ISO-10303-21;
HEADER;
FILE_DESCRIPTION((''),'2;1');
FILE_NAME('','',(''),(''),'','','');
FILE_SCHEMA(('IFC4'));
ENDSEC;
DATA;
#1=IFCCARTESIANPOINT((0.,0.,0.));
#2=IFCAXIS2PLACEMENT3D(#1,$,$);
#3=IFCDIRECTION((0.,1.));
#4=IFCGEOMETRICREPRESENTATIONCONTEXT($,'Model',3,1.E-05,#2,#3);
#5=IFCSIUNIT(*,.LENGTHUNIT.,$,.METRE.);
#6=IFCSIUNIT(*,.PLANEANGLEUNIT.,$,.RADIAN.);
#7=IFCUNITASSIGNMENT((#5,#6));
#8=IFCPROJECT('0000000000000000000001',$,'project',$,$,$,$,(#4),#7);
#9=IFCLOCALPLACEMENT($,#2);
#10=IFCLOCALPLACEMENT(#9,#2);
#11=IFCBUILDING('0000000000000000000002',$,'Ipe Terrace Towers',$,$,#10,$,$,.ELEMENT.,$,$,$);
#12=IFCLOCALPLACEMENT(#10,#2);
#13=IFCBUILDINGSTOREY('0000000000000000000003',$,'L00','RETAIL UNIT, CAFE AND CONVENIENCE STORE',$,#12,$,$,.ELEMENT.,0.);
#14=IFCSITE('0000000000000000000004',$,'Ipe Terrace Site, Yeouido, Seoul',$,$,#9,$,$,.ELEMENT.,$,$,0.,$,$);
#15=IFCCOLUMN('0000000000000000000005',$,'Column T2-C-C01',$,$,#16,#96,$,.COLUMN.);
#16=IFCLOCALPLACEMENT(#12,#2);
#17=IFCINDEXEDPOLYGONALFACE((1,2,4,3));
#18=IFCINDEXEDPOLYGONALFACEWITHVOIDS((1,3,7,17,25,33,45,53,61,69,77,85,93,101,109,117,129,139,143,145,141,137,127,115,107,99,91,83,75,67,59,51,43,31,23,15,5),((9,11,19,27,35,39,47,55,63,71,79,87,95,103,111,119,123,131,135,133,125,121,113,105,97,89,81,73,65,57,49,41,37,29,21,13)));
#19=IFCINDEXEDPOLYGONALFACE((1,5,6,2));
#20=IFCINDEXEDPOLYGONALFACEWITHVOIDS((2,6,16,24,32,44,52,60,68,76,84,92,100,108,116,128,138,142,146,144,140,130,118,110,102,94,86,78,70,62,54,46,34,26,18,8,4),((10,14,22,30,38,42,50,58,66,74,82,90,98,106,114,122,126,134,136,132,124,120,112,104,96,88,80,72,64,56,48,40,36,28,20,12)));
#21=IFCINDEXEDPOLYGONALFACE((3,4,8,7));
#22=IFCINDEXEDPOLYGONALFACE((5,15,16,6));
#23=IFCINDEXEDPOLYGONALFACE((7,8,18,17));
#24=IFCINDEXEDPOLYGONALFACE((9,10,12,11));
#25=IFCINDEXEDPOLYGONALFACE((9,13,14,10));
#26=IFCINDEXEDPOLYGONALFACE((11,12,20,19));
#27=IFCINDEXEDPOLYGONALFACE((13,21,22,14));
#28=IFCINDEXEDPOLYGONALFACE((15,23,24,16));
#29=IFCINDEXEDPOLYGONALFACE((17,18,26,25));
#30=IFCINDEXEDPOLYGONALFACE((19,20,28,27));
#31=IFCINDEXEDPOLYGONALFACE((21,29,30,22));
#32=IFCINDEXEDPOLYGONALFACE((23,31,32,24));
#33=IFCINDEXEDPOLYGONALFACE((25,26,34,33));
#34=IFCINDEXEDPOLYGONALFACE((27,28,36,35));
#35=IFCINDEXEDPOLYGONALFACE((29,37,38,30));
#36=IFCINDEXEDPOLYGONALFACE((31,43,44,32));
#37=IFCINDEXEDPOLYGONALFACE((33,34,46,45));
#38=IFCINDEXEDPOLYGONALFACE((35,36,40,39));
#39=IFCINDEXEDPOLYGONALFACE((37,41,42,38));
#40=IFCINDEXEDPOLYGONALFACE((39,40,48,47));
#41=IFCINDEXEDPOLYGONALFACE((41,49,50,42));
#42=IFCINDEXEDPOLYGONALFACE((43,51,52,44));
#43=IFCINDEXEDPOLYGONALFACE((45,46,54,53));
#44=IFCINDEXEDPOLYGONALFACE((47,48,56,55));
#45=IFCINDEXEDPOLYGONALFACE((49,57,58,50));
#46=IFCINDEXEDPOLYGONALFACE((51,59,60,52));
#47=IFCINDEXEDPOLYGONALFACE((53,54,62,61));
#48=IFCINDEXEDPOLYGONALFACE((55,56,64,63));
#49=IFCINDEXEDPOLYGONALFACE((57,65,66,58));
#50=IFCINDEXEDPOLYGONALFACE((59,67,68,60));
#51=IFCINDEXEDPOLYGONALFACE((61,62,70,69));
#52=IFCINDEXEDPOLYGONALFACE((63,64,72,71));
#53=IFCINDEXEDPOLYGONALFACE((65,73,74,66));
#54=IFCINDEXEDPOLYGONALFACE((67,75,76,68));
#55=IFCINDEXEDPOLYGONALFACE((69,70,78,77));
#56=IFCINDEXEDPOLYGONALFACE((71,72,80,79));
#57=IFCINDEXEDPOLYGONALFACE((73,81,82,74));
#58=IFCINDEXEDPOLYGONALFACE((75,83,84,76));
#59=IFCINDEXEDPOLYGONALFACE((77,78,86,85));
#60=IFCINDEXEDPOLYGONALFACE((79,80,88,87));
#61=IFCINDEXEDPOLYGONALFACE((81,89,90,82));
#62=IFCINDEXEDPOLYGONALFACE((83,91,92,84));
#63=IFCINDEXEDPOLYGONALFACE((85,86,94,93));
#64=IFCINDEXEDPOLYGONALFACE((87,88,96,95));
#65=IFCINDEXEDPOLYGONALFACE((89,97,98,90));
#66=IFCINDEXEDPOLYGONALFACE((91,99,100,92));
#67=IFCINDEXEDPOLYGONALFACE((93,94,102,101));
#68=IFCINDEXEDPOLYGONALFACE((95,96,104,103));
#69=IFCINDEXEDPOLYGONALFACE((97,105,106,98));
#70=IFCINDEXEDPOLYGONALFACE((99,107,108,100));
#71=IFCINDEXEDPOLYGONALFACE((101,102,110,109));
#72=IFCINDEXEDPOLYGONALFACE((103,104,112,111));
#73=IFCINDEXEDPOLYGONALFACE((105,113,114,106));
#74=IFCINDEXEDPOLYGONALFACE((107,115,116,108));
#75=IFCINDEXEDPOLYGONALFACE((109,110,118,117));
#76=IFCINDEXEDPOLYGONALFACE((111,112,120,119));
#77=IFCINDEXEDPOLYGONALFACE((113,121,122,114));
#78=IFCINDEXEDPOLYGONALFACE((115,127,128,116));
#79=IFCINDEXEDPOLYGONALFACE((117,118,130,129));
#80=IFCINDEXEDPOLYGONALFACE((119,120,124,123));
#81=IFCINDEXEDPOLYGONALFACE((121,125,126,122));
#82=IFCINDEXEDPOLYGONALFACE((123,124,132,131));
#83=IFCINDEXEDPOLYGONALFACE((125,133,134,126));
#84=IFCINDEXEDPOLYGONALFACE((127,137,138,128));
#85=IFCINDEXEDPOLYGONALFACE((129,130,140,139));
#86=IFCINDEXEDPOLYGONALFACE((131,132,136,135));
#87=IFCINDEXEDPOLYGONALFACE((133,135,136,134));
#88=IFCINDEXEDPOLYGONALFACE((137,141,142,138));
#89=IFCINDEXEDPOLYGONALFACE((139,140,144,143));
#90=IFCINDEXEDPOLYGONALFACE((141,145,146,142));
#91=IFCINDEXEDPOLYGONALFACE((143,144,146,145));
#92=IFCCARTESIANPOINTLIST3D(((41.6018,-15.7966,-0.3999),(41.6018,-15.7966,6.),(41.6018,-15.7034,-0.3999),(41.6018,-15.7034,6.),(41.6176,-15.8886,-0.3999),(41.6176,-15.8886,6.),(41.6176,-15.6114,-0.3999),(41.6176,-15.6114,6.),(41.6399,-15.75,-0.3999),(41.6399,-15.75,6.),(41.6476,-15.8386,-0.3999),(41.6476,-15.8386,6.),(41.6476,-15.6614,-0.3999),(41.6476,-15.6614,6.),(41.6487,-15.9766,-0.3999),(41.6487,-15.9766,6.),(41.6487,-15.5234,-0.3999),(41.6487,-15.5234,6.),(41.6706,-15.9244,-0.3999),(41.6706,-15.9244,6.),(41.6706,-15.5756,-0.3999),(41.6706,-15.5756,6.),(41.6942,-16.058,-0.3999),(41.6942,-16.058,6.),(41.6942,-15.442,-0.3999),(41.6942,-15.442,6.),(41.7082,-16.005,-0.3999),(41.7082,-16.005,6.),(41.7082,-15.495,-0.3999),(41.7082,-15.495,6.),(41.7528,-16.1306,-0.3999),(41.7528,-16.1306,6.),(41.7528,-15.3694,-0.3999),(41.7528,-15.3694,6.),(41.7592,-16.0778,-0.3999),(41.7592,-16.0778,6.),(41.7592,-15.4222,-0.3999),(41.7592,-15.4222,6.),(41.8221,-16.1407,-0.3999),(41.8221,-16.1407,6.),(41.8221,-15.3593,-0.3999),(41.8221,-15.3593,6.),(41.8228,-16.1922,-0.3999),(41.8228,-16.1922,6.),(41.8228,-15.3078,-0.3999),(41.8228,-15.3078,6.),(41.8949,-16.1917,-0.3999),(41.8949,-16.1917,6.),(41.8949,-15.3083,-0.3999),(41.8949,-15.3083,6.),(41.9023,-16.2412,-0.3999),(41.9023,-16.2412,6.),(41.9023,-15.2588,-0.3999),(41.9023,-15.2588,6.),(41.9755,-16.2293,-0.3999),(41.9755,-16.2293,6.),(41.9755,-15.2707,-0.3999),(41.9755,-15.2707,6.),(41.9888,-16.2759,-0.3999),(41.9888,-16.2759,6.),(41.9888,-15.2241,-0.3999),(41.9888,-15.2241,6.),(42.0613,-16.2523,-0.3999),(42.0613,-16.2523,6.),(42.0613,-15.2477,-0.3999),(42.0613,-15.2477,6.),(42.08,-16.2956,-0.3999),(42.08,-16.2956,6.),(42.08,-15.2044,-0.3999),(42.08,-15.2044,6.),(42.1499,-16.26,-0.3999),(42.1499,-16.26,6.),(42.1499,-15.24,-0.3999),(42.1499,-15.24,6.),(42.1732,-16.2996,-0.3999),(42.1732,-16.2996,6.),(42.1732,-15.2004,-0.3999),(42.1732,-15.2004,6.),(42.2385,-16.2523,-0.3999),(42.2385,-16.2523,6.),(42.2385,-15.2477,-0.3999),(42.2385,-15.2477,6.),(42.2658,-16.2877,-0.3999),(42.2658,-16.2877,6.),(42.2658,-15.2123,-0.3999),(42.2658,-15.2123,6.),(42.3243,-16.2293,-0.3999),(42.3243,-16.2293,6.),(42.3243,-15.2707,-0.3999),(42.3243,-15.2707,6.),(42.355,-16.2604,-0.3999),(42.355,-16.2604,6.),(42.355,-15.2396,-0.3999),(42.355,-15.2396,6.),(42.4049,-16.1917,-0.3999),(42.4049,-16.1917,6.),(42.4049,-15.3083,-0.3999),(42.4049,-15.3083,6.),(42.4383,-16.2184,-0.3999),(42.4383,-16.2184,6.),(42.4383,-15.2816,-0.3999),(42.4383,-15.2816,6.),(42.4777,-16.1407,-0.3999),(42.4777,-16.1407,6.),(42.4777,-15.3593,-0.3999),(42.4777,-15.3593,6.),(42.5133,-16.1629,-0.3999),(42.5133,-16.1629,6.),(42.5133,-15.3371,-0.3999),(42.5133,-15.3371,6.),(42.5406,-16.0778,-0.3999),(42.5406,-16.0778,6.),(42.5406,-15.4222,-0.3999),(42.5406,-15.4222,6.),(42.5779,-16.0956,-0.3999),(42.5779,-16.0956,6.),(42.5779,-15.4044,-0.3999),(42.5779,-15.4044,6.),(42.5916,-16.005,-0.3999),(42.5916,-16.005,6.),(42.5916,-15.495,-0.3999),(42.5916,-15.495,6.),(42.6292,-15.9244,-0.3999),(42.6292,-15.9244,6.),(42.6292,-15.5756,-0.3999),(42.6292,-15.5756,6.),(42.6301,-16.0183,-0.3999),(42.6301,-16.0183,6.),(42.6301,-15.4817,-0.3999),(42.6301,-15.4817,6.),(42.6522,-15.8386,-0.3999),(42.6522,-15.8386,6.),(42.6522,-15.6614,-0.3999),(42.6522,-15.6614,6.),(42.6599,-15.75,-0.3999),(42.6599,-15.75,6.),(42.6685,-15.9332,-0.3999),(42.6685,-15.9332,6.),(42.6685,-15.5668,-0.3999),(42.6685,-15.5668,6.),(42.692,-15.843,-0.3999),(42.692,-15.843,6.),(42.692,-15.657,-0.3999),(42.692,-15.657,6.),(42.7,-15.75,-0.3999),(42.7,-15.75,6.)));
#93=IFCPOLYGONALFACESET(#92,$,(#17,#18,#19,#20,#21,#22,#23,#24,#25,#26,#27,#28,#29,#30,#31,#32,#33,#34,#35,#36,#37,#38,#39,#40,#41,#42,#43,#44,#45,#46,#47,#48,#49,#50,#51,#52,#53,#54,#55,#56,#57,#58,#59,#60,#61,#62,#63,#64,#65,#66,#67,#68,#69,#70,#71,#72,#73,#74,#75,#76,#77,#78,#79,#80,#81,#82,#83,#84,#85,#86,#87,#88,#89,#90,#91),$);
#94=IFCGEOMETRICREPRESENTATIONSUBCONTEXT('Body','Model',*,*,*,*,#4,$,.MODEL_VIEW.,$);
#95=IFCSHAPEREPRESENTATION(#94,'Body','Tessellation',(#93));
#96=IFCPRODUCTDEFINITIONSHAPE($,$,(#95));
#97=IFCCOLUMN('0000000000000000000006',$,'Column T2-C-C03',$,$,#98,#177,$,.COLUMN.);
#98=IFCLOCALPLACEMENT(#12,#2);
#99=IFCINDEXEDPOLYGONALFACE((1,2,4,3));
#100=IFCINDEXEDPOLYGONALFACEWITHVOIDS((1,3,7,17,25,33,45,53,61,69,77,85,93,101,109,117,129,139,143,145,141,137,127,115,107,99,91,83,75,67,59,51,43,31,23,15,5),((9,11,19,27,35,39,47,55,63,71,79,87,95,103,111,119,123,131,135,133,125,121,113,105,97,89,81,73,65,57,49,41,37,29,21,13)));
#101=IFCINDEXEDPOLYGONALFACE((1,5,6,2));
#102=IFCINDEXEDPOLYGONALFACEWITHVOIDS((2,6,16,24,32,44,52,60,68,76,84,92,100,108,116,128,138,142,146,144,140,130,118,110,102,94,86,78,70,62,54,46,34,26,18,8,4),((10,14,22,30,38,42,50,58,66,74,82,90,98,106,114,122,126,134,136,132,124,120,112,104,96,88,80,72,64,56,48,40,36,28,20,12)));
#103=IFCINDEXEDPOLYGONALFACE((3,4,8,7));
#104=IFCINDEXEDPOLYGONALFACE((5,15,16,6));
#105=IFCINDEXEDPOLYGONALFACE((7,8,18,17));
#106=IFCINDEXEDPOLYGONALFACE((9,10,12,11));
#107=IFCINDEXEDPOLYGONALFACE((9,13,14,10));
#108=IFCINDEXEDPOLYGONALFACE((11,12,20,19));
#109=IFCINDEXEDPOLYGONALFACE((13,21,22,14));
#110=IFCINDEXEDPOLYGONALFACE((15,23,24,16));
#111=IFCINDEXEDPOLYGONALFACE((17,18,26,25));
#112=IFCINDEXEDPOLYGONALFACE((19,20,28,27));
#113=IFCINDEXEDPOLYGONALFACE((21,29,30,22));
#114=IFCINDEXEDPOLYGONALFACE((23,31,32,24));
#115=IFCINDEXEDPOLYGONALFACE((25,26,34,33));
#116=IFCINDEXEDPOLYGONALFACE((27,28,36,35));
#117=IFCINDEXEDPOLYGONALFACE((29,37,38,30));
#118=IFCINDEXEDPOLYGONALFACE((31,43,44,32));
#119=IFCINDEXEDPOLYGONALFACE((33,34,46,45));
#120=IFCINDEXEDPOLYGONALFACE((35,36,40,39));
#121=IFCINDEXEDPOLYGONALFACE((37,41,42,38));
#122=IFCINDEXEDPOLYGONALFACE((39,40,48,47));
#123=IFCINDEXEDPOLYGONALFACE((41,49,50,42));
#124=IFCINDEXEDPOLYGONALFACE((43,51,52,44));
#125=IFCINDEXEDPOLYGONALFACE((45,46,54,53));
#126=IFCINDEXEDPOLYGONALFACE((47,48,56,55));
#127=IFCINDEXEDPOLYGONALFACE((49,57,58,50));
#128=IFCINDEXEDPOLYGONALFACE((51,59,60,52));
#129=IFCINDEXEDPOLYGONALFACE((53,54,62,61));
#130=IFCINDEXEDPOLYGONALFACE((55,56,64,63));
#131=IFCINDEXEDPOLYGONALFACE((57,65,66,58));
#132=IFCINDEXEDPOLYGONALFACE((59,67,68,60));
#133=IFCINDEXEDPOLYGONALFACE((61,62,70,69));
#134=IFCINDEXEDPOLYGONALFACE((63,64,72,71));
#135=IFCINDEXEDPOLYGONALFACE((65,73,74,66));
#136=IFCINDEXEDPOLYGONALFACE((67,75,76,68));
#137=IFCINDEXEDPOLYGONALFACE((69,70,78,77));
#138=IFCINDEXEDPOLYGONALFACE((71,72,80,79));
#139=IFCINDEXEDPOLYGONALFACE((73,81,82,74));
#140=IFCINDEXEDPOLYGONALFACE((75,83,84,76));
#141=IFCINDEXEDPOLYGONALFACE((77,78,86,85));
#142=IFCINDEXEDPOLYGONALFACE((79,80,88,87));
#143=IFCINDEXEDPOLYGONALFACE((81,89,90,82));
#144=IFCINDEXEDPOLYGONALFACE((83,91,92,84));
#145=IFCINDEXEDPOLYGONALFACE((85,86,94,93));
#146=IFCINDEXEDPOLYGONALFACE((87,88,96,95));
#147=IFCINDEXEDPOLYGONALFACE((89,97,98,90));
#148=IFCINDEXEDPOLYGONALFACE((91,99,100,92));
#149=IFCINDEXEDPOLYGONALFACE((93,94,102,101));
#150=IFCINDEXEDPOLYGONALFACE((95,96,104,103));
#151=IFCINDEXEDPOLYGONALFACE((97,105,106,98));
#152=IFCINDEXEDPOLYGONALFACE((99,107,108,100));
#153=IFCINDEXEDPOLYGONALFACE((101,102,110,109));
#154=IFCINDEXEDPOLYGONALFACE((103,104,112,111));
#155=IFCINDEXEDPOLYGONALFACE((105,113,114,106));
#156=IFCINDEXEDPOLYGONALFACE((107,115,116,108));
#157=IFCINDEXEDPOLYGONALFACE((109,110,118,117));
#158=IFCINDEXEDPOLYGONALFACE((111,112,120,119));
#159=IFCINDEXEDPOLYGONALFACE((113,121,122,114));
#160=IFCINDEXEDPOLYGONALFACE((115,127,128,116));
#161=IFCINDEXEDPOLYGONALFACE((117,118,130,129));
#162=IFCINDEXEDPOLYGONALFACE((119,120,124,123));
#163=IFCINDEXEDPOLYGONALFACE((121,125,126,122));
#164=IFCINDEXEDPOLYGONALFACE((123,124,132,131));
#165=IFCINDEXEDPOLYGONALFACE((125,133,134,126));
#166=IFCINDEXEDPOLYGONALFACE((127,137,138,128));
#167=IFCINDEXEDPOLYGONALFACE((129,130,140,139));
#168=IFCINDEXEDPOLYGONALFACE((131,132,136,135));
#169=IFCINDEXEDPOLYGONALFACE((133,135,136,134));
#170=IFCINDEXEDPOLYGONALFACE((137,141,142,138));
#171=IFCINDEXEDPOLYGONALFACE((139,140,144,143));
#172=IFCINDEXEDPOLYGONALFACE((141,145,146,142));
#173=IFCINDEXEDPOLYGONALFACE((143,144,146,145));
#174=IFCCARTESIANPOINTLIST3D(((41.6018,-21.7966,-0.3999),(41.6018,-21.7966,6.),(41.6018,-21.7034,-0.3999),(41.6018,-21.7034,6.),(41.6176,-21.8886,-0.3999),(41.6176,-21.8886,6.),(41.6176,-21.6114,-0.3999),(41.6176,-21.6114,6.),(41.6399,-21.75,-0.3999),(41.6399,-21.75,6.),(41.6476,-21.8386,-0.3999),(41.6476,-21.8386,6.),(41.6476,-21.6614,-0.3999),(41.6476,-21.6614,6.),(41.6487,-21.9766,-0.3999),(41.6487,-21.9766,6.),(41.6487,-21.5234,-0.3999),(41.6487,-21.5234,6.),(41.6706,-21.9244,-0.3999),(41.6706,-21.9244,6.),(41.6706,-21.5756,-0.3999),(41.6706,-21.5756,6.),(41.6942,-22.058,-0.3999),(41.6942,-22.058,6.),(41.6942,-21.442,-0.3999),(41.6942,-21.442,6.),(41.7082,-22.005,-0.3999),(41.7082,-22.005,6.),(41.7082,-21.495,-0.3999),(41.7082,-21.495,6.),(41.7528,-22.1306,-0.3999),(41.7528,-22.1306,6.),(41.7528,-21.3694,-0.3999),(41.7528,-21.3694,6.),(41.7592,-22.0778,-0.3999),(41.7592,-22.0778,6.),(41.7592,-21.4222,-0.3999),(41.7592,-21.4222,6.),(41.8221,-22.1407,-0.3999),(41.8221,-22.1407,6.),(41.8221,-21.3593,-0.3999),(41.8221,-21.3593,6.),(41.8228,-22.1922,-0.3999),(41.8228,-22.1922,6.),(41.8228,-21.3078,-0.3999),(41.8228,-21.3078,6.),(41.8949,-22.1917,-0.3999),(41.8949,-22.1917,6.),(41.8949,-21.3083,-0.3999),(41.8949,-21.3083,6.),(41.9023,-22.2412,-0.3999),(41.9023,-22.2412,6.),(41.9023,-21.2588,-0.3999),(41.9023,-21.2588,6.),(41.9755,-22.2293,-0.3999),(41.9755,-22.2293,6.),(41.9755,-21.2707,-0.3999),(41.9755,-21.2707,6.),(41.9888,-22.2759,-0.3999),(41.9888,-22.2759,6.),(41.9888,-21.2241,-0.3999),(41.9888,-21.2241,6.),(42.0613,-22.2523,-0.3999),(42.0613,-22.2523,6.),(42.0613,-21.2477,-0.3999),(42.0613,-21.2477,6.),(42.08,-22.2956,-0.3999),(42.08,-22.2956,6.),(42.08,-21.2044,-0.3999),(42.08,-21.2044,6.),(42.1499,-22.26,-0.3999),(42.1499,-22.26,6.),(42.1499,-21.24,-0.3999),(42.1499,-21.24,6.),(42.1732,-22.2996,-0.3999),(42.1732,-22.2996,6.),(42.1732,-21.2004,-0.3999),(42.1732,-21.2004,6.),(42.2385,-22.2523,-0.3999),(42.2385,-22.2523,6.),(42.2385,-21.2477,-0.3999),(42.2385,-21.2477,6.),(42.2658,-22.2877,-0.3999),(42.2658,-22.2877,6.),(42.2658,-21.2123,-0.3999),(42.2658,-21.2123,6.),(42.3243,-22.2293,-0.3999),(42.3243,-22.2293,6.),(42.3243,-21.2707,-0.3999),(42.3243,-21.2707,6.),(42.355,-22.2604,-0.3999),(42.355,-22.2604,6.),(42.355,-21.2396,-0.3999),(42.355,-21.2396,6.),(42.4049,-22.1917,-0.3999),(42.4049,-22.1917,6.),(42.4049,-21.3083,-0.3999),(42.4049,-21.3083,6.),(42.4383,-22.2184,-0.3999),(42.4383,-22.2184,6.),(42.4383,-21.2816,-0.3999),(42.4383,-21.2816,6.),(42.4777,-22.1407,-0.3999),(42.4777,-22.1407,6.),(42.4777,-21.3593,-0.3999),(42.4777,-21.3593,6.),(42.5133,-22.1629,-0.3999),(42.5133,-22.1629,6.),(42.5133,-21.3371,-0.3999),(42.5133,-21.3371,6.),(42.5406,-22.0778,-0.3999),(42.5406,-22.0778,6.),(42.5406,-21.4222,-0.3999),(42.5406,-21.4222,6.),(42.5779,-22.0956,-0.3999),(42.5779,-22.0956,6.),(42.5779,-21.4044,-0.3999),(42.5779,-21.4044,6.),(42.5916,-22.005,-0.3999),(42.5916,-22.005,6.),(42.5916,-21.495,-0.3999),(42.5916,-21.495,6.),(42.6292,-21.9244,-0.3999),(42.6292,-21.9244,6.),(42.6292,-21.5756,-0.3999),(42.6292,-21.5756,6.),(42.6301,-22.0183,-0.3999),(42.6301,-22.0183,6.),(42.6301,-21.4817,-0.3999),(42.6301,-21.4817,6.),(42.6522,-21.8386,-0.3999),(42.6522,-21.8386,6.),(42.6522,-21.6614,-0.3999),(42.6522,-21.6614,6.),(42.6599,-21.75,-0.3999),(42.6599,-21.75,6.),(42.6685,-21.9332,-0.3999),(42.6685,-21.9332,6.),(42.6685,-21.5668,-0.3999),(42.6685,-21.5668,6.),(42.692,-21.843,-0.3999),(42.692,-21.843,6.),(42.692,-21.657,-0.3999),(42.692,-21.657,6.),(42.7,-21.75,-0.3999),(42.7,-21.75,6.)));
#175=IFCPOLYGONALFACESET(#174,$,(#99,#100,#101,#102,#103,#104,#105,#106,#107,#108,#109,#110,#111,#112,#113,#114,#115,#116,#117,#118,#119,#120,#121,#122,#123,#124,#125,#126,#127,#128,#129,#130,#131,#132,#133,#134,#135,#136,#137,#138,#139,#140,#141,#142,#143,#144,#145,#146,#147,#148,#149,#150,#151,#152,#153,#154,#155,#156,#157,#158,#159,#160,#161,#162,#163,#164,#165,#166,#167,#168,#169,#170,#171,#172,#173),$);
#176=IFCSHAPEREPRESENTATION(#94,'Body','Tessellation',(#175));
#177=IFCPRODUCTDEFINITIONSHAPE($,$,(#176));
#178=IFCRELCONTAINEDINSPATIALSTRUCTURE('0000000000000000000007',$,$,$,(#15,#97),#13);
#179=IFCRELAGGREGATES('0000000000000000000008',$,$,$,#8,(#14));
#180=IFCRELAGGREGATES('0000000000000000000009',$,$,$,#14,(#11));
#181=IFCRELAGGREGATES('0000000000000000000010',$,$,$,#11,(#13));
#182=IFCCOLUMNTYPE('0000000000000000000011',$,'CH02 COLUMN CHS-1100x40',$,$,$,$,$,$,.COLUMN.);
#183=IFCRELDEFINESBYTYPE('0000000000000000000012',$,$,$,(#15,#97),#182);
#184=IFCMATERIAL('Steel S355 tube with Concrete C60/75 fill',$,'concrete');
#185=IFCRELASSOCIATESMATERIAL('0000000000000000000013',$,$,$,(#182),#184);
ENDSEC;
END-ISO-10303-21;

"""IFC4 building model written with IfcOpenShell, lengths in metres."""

from ifc_helpers import new_model, si_unit, direction, frame, origin, origin_2d, place, context, subcontext, project, spatial, hollow_circle, extrude, material, material_profile, profile_set, type_object, element, save


model = new_model("IFC4")

# Units and contexts
model_context = context("Model", 3, precision=1e-05, world=origin(), true_north=direction((0.0, 1.0)))
body_context = subcontext(model_context, "Body", "Model", "MODEL_VIEW")
ifc_project = project(units=[si_unit("LENGTHUNIT", "METRE"), si_unit("PLANEANGLEUNIT", "RADIAN")], contexts=[model_context])

# Site, building, storey
site_placement = place(None, origin())
site = spatial("IfcSite", under=ifc_project, at=site_placement, Name="Ipe Terrace Site, Yeouido, Seoul", CompositionType="ELEMENT", RefElevation=0.0)
building_placement = place(site_placement, origin())
building = spatial("IfcBuilding", under=site, at=building_placement, Name="Ipe Terrace Towers", CompositionType="ELEMENT")
storey_placement = place(building_placement, origin())
storey = spatial("IfcBuildingStorey", under=building, at=storey_placement, Name="L00", Description="RETAIL UNIT, CAFE AND CONVENIENCE STORE", CompositionType="ELEMENT", Elevation=0.0)

# Columns
ifc_material_1 = material(Name="Steel S355 tube with Concrete C60/75 fill", Category="concrete")
ifc_material_profile_1 = material_profile(ifc_material_1, hollow_circle(Radius=0.55, WallThickness=0.04, at=origin_2d()), Name="CHS-1100x40")
ifc_profile_set_1 = profile_set([ifc_material_profile_1], Name="Steel S355 tube with Concrete C60/75 fill")
column_type = type_object("IfcColumnType", Name="CH02 COLUMN CHS-1100x40", PredefinedType="COLUMN", material=ifc_profile_set_1)
for number, where, z_axis, x_axis, name in (
    (1, (42.1499, -15.75, -0.3999), (0.0, 0.0, 1.0), (1.0, 0.0, 0.0), "Column T2-C-C01"),
    (2, (42.1499, -21.75, -0.3999), (0.0, 0.0, 1.0), (1.0, 0.0, 0.0), "Column T2-C-C03"),
):
    element("IfcColumn", number, at=place(storey_placement, frame(where, z_axis=z_axis, x_axis=x_axis)), inside=storey, type_object=column_type, Name=name, PredefinedType="COLUMN", context=body_context, shape_type="SweptSolid", body=[
        extrude(hollow_circle(Radius=0.55, WallThickness=0.04, at=origin_2d()), origin(), (0.0, 0.0, 1.0), 6.3999),
    ])

save(model, "model.ifc")
